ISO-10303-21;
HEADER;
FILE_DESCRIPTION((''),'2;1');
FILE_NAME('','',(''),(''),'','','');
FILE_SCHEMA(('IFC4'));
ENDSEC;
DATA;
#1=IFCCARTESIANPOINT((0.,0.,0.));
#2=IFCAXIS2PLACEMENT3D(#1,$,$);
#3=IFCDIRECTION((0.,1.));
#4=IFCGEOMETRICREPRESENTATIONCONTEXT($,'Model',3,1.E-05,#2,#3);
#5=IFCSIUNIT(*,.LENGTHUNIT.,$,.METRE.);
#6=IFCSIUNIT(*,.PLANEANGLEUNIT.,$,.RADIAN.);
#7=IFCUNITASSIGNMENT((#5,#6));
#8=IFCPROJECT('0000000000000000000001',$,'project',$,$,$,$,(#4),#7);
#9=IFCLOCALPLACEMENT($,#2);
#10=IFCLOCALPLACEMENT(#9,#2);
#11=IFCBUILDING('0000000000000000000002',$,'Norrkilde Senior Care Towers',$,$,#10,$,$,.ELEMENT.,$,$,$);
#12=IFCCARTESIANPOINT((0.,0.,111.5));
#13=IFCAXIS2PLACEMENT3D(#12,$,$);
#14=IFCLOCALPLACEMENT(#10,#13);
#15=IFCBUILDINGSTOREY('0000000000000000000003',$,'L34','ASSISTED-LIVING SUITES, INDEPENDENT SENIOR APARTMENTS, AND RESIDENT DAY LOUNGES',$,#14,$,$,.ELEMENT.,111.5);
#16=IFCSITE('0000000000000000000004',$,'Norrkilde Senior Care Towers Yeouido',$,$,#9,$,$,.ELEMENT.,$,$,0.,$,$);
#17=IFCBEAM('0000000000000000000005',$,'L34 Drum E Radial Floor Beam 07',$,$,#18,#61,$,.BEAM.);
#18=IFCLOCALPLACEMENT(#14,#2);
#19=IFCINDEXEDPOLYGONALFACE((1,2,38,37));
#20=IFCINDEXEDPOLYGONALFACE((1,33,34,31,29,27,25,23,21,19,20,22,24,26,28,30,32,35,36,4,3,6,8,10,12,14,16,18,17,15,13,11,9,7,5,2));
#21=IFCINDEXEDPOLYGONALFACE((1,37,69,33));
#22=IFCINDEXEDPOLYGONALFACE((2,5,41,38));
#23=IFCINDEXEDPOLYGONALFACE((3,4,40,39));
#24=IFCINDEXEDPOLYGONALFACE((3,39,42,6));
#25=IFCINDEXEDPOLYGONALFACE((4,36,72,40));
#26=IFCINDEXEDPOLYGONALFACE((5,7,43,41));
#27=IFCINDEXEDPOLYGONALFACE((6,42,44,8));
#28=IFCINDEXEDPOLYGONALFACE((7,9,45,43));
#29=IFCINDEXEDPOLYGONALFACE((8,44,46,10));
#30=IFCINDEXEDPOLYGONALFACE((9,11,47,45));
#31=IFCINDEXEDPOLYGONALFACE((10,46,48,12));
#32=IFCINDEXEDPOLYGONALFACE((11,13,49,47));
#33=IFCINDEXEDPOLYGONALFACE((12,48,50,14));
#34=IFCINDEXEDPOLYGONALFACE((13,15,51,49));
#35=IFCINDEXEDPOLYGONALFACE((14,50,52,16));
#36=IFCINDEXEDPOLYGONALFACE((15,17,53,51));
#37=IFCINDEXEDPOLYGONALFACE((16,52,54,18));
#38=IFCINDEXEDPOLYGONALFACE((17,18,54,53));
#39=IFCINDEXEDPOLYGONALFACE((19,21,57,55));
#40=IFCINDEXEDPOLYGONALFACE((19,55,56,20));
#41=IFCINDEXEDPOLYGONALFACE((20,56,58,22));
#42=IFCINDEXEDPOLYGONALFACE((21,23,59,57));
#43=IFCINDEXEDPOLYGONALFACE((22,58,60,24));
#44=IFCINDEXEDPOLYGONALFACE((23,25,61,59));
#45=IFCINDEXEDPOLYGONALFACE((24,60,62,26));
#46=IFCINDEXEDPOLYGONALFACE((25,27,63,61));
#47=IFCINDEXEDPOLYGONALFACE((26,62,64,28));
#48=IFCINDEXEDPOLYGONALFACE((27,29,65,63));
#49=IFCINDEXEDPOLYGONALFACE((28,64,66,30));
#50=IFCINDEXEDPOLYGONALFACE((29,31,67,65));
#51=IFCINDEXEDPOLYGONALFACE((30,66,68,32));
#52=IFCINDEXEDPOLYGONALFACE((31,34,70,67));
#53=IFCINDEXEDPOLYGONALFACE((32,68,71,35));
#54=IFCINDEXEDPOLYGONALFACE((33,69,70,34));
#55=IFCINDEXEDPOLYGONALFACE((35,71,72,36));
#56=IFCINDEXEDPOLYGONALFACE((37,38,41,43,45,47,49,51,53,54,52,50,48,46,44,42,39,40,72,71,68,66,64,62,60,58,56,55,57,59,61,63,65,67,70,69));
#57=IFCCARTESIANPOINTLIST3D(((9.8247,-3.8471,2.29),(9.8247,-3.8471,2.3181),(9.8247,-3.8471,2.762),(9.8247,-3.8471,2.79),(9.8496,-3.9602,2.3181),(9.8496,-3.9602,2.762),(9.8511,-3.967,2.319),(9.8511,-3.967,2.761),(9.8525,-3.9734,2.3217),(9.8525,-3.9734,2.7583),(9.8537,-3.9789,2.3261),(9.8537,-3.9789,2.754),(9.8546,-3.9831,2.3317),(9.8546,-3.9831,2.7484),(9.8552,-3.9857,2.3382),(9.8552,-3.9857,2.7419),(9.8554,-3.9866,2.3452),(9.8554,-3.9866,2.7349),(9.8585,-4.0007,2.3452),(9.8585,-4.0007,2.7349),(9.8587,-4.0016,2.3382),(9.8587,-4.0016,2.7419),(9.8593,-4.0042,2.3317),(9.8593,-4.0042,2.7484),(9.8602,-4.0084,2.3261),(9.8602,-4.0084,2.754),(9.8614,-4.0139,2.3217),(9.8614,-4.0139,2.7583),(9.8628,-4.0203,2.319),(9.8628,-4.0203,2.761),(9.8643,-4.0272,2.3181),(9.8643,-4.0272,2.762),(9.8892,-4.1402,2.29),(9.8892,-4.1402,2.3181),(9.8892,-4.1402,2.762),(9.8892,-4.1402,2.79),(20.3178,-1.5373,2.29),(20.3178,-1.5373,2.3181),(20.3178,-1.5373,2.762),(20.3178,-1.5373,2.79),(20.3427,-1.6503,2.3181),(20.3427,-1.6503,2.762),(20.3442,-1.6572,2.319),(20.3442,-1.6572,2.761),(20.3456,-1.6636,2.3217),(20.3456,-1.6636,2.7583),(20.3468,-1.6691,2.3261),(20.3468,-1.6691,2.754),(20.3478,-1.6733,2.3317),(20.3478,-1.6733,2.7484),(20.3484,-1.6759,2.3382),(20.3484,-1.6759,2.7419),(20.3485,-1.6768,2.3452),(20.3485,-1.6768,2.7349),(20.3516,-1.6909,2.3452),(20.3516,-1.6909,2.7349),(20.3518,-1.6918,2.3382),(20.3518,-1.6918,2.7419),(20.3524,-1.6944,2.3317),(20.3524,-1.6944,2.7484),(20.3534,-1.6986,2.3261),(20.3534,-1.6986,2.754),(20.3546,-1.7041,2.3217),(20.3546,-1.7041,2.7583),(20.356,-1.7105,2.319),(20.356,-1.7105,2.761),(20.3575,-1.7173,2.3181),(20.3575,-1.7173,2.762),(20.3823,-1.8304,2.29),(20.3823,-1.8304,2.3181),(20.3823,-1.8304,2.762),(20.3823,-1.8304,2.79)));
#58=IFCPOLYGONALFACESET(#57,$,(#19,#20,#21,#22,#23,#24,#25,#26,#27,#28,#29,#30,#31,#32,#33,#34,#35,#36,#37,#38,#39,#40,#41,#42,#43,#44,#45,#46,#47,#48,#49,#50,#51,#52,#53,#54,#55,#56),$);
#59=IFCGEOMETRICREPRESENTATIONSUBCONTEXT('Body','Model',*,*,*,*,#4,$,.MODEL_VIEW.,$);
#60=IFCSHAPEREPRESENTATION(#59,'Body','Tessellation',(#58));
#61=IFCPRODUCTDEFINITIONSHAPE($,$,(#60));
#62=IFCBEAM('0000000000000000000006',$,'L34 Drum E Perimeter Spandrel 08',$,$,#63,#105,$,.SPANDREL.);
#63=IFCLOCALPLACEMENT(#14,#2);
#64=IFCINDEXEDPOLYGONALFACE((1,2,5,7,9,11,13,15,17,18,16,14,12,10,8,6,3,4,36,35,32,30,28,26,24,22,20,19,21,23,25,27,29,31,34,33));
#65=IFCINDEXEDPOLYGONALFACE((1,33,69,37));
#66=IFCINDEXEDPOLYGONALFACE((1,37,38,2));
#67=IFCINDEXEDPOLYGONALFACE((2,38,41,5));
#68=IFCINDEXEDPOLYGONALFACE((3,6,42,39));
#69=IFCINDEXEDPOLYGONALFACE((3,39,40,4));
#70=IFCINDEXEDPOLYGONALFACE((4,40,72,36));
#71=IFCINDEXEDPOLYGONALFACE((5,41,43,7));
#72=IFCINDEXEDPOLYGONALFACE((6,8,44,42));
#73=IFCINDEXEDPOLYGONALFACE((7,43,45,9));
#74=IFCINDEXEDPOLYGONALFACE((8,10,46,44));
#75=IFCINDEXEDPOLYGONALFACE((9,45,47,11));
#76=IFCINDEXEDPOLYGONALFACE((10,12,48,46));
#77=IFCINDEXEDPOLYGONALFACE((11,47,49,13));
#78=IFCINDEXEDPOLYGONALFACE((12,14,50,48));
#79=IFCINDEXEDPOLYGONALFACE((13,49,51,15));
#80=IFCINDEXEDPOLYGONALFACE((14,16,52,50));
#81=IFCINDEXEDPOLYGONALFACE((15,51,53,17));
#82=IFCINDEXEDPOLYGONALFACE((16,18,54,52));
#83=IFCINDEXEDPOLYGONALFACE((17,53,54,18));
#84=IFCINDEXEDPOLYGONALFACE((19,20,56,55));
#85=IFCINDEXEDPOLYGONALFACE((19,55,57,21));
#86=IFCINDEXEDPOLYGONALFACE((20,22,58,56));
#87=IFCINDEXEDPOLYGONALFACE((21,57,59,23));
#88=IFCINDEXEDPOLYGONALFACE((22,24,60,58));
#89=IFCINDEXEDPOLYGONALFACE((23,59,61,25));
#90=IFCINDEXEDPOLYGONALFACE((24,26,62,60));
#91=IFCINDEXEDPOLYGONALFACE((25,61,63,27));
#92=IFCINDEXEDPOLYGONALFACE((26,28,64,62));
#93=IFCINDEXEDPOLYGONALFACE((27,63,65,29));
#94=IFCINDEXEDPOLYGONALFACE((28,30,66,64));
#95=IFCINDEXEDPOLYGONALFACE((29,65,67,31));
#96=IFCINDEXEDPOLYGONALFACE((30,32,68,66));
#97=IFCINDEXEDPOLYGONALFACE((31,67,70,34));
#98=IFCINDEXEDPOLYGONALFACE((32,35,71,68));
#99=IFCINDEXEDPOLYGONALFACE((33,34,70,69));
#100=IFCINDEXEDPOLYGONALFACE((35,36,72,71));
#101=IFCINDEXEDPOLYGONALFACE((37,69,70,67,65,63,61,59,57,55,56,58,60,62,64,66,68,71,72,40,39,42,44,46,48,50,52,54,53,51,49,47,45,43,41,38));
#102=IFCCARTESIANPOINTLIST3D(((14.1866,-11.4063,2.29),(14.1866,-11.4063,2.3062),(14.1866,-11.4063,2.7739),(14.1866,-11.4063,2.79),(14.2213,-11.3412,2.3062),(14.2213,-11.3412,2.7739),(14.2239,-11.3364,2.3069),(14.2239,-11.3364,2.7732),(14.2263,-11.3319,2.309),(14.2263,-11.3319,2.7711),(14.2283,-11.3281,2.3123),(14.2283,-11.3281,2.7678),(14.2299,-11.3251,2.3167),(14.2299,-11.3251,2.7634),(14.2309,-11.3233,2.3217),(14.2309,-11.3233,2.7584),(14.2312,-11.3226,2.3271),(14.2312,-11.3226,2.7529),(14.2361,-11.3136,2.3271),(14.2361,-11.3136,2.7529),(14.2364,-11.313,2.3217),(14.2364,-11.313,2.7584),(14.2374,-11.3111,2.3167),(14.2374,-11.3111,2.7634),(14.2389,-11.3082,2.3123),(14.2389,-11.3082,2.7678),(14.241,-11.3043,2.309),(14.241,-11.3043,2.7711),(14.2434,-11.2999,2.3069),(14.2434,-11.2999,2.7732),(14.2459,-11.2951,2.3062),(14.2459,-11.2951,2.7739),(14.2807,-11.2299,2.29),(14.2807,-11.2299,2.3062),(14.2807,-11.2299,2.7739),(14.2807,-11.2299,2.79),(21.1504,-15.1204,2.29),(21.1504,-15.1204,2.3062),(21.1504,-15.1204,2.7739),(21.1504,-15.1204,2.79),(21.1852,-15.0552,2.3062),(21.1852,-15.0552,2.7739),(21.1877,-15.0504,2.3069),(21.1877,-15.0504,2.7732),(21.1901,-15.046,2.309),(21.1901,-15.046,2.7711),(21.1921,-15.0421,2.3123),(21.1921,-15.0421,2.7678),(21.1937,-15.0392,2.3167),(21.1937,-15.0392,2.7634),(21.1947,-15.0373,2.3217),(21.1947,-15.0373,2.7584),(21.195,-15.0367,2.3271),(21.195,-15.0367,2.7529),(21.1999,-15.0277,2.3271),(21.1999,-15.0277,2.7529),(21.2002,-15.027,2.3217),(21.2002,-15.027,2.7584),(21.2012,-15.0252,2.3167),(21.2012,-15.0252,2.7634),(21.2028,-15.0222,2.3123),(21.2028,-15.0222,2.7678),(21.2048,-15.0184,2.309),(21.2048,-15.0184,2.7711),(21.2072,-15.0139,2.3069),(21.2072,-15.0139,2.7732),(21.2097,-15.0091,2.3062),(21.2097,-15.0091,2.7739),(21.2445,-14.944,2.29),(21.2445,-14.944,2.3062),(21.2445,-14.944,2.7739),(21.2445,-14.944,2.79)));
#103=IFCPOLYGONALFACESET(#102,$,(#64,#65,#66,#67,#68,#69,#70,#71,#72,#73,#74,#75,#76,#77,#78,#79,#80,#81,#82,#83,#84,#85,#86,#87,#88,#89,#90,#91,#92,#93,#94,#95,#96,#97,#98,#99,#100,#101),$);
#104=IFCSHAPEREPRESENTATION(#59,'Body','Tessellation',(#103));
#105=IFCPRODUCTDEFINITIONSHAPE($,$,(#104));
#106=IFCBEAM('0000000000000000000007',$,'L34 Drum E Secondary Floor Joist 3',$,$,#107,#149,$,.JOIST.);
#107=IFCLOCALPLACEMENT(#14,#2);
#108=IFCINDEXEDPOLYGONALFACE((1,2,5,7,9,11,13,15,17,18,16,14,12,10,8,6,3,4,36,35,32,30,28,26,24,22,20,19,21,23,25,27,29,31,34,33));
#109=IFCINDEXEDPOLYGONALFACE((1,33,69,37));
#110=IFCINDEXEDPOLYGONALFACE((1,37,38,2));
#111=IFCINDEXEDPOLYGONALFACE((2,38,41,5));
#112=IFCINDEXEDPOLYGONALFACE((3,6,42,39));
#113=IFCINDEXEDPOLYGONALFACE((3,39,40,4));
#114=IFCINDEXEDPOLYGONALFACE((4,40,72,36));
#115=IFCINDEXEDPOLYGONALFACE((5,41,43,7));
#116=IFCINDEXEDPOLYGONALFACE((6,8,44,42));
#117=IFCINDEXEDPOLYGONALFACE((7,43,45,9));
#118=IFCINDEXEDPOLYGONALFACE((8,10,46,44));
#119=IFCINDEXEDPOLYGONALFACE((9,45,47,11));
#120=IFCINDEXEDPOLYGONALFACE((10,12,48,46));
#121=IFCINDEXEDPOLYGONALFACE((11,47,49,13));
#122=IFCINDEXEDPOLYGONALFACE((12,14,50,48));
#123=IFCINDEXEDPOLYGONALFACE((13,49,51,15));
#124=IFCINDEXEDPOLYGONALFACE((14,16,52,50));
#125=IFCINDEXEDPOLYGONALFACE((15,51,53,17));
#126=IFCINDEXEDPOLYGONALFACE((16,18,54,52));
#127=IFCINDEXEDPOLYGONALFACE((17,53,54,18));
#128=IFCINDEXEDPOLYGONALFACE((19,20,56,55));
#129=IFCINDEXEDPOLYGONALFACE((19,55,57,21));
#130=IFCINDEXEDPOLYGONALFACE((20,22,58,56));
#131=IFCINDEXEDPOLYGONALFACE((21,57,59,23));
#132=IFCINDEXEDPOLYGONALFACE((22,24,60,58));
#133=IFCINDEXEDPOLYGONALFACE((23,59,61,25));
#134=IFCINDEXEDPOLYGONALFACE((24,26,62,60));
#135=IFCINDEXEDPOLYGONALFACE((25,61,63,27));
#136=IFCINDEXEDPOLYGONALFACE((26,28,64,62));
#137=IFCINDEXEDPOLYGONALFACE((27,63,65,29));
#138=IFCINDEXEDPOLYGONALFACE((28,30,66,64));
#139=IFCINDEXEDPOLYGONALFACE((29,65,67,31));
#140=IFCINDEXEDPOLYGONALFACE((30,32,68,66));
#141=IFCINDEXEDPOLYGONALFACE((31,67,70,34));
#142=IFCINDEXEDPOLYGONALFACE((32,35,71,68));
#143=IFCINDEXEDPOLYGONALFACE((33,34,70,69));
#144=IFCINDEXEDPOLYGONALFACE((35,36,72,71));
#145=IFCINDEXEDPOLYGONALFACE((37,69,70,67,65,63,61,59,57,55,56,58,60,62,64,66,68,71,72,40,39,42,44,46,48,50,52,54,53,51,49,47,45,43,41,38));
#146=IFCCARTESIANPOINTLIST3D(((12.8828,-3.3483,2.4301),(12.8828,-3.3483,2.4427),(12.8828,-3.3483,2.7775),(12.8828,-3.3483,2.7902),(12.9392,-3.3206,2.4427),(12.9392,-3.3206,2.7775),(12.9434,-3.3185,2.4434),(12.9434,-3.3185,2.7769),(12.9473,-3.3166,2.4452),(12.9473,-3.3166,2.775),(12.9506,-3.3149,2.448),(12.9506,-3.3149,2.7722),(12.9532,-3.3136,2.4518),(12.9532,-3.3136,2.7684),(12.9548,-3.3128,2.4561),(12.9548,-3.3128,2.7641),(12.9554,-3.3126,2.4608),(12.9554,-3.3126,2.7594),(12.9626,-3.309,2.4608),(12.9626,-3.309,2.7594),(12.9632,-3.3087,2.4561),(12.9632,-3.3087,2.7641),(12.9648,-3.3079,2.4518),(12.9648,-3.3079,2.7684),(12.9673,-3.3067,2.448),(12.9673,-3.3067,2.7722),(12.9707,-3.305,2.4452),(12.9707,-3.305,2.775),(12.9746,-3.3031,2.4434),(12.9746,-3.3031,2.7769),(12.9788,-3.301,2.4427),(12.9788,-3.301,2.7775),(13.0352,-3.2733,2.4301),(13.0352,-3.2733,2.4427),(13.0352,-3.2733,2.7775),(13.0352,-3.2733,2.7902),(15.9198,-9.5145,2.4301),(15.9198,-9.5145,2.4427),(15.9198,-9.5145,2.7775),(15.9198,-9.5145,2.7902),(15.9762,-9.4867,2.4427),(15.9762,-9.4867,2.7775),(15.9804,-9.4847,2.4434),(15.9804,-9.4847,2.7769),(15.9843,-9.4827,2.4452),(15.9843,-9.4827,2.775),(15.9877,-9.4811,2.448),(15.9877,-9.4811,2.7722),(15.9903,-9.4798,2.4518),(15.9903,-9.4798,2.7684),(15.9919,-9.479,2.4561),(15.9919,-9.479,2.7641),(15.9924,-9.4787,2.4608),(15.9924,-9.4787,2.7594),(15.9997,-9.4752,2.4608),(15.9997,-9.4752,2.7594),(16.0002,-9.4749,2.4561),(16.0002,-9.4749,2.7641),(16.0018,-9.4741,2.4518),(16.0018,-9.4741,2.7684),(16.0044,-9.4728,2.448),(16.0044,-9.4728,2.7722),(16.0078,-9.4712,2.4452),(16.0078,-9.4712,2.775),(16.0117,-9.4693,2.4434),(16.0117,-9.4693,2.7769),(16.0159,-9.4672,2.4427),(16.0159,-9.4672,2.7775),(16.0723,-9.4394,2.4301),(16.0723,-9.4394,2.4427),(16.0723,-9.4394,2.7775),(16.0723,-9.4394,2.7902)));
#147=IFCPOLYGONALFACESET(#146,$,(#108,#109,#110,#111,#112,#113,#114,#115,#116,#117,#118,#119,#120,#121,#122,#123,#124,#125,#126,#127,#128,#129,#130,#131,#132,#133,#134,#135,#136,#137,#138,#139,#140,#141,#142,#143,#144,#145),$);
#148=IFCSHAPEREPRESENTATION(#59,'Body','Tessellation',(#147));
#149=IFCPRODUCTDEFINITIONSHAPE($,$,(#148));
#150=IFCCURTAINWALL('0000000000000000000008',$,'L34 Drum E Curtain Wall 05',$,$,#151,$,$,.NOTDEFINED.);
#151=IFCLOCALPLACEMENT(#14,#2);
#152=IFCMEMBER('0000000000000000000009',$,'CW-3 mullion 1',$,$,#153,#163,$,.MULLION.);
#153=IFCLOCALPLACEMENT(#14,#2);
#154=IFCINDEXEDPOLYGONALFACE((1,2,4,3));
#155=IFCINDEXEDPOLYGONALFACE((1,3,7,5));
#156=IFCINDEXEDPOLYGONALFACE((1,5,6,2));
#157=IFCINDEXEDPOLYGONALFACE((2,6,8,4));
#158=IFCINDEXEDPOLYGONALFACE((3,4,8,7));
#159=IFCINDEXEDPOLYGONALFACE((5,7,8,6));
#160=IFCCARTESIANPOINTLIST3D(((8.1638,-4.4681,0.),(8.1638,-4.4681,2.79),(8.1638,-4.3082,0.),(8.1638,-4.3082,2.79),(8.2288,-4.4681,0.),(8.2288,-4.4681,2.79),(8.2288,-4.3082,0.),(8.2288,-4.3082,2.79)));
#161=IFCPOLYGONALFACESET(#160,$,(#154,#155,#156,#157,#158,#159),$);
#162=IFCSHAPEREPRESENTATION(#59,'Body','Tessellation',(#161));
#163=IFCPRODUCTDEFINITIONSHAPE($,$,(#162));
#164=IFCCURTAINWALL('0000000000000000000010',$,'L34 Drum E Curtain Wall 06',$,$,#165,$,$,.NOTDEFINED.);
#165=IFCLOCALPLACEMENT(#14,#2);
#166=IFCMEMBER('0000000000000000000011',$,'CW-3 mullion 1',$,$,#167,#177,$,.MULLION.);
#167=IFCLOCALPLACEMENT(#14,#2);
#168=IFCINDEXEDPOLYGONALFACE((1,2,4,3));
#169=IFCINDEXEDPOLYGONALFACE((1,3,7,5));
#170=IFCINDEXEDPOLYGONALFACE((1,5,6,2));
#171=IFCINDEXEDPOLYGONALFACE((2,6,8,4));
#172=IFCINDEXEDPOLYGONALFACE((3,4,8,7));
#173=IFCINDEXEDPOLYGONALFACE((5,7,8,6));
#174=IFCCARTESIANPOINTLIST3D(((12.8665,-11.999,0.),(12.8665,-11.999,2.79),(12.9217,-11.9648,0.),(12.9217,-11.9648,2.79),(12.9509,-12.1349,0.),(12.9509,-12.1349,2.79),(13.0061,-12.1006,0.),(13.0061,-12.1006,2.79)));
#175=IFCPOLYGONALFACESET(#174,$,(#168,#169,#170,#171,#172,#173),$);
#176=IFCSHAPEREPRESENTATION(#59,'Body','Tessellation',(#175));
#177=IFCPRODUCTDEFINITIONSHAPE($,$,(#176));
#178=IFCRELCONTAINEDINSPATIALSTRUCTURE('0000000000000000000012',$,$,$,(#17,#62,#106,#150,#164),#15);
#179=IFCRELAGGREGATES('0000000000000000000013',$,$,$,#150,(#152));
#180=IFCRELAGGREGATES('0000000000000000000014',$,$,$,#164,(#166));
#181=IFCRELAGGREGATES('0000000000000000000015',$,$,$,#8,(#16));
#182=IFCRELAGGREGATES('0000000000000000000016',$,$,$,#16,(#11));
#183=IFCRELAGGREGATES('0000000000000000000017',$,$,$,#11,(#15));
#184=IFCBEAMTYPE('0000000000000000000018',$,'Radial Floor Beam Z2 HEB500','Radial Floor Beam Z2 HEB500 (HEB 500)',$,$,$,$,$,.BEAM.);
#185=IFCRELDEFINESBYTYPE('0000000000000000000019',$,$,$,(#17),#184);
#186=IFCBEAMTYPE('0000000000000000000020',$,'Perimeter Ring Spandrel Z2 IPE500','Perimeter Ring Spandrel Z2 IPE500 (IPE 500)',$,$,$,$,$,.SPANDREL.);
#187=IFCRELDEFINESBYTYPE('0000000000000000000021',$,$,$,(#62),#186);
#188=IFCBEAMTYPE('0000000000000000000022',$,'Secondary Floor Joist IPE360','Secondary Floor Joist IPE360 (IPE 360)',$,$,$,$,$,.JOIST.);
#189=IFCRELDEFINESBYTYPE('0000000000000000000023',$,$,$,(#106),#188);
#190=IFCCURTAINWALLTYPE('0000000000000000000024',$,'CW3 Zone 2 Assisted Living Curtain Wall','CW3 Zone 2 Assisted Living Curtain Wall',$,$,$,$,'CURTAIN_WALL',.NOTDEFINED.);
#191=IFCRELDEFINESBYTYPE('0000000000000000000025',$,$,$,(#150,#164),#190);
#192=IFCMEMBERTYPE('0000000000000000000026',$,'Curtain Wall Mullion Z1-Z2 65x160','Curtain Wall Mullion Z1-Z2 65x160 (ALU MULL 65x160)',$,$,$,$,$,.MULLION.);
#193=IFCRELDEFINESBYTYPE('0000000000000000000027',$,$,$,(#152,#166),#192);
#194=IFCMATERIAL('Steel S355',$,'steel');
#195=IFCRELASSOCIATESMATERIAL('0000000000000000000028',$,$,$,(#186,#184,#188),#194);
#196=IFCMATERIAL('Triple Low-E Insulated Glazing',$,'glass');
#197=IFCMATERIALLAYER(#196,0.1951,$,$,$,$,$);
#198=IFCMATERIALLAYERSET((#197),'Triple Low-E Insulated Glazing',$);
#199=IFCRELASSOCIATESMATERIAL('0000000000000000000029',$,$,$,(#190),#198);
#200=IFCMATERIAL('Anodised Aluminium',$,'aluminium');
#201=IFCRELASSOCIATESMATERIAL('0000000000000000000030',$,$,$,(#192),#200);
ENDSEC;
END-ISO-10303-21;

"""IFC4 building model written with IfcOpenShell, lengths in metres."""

from ifc_helpers import new_model, si_unit, direction, frame, origin, origin_2d, place, context, subcontext, project, spatial, rectangle, i_section, extrude, source, transform, mapped, material, layer, layer_set, material_profile, profile_set, type_object, type_shapes, element, aggregate, save


model = new_model("IFC4")

# Units and contexts
model_context = context("Model", 3, precision=1e-05, world=origin(), true_north=direction((0.0, 1.0)))
body_context = subcontext(model_context, "Body", "Model", "MODEL_VIEW")
ifc_project = project(units=[si_unit("LENGTHUNIT", "METRE"), si_unit("PLANEANGLEUNIT", "RADIAN")], contexts=[model_context])

# Site, building, storey
site_placement = place(None, origin())
site = spatial("IfcSite", under=ifc_project, at=site_placement, Name="Norrkilde Senior Care Towers Yeouido", CompositionType="ELEMENT", RefElevation=0.0)
building_placement = place(site_placement, origin())
building = spatial("IfcBuilding", under=site, at=building_placement, Name="Norrkilde Senior Care Towers", CompositionType="ELEMENT")
storey_placement = place(building_placement, frame((0.0, 0.0, 111.5)))
storey = spatial("IfcBuildingStorey", under=building, at=storey_placement, Name="L34", Description="ASSISTED-LIVING SUITES, INDEPENDENT SENIOR APARTMENTS, AND RESIDENT DAY LOUNGES", CompositionType="ELEMENT", Elevation=111.5)

# Beams
ifc_material_1 = material(Name="Steel S355", Category="steel")
ifc_material_profile_1 = material_profile(ifc_material_1, i_section(OverallWidth=0.2, OverallDepth=0.5, WebThickness=0.0103, FlangeThickness=0.0161, FilletRadius=0.021, at=origin_2d()), Name="IPE 500")
ifc_profile_set_1 = profile_set([ifc_material_profile_1], Name="Steel S355")
beam_type_1 = type_object("IfcBeamType", Name="Perimeter Ring Spandrel Z2 IPE500", Description="Perimeter Ring Spandrel Z2 IPE500 (IPE 500)", PredefinedType="SPANDREL", material=ifc_profile_set_1)
ifc_material_profile_2 = material_profile(ifc_material_1, i_section(OverallWidth=0.3, OverallDepth=0.5, WebThickness=0.0144, FlangeThickness=0.0281, FilletRadius=0.0271, at=origin_2d()), Name="HEB 500")
ifc_profile_set_2 = profile_set([ifc_material_profile_2], Name="Steel S355")
beam_type_2 = type_object("IfcBeamType", Name="Radial Floor Beam Z2 HEB500", Description="Radial Floor Beam Z2 HEB500 (HEB 500)", PredefinedType="BEAM", material=ifc_profile_set_2)
shared_shape_1 = source(origin(), body_context, "Body", "SweptSolid", [
    extrude(i_section(OverallWidth=0.3, OverallDepth=0.5, WebThickness=0.0144, FlangeThickness=0.0281, FilletRadius=0.0271, at=origin_2d()), origin(), (0.0, 0.0, 1.0), 10.7444),
])
type_shapes(beam_type_2, [shared_shape_1])
beam_1_placement = place(storey_placement, frame((20.3501, -1.6838, 2.54), z_axis=(-0.976619, -0.214979, 0.0), x_axis=(0.214979, -0.976619, 0.0)))
element("IfcBeam", 1, at=beam_1_placement, inside=storey, type_object=beam_type_2, Name="L34 Drum E Radial Floor Beam 07", PredefinedType="BEAM", context=body_context, shape_type="MappedRepresentation", body=[
    mapped(shared_shape_1, transform((0.0, 0.0, 0.0), x_axis=(1.0, 0.0, 0.0), y_axis=(0.0, 1.0, 0.0), z_axis=(0.0, 0.0, 1.0), scale=1.0)),
])
shared_shape_2 = source(origin(), body_context, "Body", "SweptSolid", [
    extrude(i_section(OverallWidth=0.2, OverallDepth=0.5, WebThickness=0.0103, FlangeThickness=0.0161, FilletRadius=0.021, at=origin_2d()), origin(), (0.0, 0.0, 1.0), 7.8923),
])
beam_2_placement = place(storey_placement, frame((14.2336, -11.3181, 2.54), z_axis=(0.88235, -0.470593, 0.0), x_axis=(0.470593, 0.88235, 0.0)))
element("IfcBeam", 2, at=beam_2_placement, inside=storey, type_object=beam_type_1, Name="L34 Drum E Perimeter Spandrel 08", PredefinedType="SPANDREL", context=body_context, shape_type="MappedRepresentation", body=[
    mapped(shared_shape_2, transform((0.0, 0.0, 0.0), x_axis=(1.0, 0.0, 0.0), y_axis=(0.0, 1.0, 0.0), z_axis=(0.0, 0.0, 1.0), scale=1.0)),
])
ifc_material_profile_3 = material_profile(ifc_material_1, i_section(OverallWidth=0.1699, OverallDepth=0.3601, WebThickness=0.0081, FlangeThickness=0.0127, FilletRadius=0.0181, at=origin_2d()), Name="IPE 360")
ifc_profile_set_3 = profile_set([ifc_material_profile_3], Name="Steel S355")
beam_type_3 = type_object("IfcBeamType", Name="Secondary Floor Joist IPE360", Description="Secondary Floor Joist IPE360 (IPE 360)", PredefinedType="JOIST", material=ifc_profile_set_3)
shared_shape_3 = source(origin(), body_context, "Body", "SweptSolid", [
    extrude(i_section(OverallWidth=0.1699, OverallDepth=0.3601, WebThickness=0.0081, FlangeThickness=0.0127, FilletRadius=0.0181, at=origin_2d()), origin(), (0.0, 0.0, 1.0), 6.8735),
])
type_shapes(beam_type_3, [shared_shape_3])
beam_3_placement = place(storey_placement, frame((12.959, -3.3108, 2.6101), z_axis=(0.441849, -0.897089, 0.0), x_axis=(0.897089, 0.441849, 0.0)))
element("IfcBeam", 3, at=beam_3_placement, inside=storey, type_object=beam_type_3, Name="L34 Drum E Secondary Floor Joist 3", PredefinedType="JOIST", context=body_context, shape_type="MappedRepresentation", body=[
    mapped(shared_shape_3, transform((0.0, 0.0, 0.0), x_axis=(1.0, 0.0, 0.0), y_axis=(0.0, 1.0, 0.0), z_axis=(0.0, 0.0, 1.0), scale=1.0)),
])

# Curtain wall, member
ifc_material_2 = material(Name="Triple Low-E Insulated Glazing", Category="glass")
ifc_layer_1 = layer(ifc_material_2, 0.1951)
ifc_layer_set_1 = layer_set([ifc_layer_1], Name="Triple Low-E Insulated Glazing")
curtain_wall_type = type_object("IfcCurtainWallType", Name="CW3 Zone 2 Assisted Living Curtain Wall", Description="CW3 Zone 2 Assisted Living Curtain Wall", ElementType="CURTAIN_WALL", PredefinedType="NOTDEFINED", material=ifc_layer_set_1)
curtain_wall_1_placement = place(storey_placement, origin())
curtain_wall_1 = element("IfcCurtainWall", 4, at=curtain_wall_1_placement, inside=storey, type_object=curtain_wall_type, Name="L34 Drum E Curtain Wall 05", PredefinedType="NOTDEFINED")
ifc_material_3 = material(Name="Anodised Aluminium", Category="aluminium")
ifc_material_profile_4 = material_profile(ifc_material_3, rectangle(XDim=0.0649, YDim=0.1599, at=origin_2d()), Name="ALU MULL 65x160")
ifc_profile_set_4 = profile_set([ifc_material_profile_4], Name="Anodised Aluminium")
member_type_1 = type_object("IfcMemberType", Name="Curtain Wall Mullion Z1-Z2 65x160", Description="Curtain Wall Mullion Z1-Z2 65x160 (ALU MULL 65x160)", PredefinedType="MULLION", material=ifc_profile_set_4)
shared_shape_4 = source(origin(), body_context, "Body", "SweptSolid", [
    extrude(rectangle(XDim=0.0649, YDim=0.1599, at=origin_2d()), origin(), (0.0, 0.0, 1.0), 2.79),
])
type_shapes(member_type_1, [shared_shape_4])
member_1_placement = place(storey_placement, frame((8.1963, -4.3882, 0.0), z_axis=(0.0, 0.0, 1.0), x_axis=(-1.0, 0.0, 0.0)))
member_1 = element("IfcMember", 5, at=member_1_placement, type_object=member_type_1, Name="CW-3 mullion 1", PredefinedType="MULLION", context=body_context, shape_type="MappedRepresentation", body=[
    mapped(shared_shape_4, transform((0.0, 0.0, 0.0), x_axis=(1.0, 0.0, 0.0), y_axis=(0.0, 1.0, 0.0), z_axis=(0.0, 0.0, 1.0), scale=1.0)),
])

# Curtain wall, member
curtain_wall_2_placement = place(storey_placement, origin())
curtain_wall_2 = element("IfcCurtainWall", 6, at=curtain_wall_2_placement, inside=storey, type_object=curtain_wall_type, Name="L34 Drum E Curtain Wall 06", PredefinedType="NOTDEFINED")
member_2_placement = place(storey_placement, frame((12.9363, -12.0498, 0.0), z_axis=(0.0, 0.0, 1.0), x_axis=(-0.84941, -0.527733, 0.0)))
member_2 = element("IfcMember", 7, at=member_2_placement, type_object=member_type_1, Name="CW-3 mullion 1", PredefinedType="MULLION", context=body_context, shape_type="MappedRepresentation", body=[
    mapped(shared_shape_4, transform((0.0, 0.0, 0.0), x_axis=(1.0, 0.0, 0.0), y_axis=(0.0, 1.0, 0.0), z_axis=(0.0, 0.0, 1.0), scale=1.0)),
])

aggregate(curtain_wall_1, [member_1])

aggregate(curtain_wall_2, [member_2])

save(model, "model.ifc")
